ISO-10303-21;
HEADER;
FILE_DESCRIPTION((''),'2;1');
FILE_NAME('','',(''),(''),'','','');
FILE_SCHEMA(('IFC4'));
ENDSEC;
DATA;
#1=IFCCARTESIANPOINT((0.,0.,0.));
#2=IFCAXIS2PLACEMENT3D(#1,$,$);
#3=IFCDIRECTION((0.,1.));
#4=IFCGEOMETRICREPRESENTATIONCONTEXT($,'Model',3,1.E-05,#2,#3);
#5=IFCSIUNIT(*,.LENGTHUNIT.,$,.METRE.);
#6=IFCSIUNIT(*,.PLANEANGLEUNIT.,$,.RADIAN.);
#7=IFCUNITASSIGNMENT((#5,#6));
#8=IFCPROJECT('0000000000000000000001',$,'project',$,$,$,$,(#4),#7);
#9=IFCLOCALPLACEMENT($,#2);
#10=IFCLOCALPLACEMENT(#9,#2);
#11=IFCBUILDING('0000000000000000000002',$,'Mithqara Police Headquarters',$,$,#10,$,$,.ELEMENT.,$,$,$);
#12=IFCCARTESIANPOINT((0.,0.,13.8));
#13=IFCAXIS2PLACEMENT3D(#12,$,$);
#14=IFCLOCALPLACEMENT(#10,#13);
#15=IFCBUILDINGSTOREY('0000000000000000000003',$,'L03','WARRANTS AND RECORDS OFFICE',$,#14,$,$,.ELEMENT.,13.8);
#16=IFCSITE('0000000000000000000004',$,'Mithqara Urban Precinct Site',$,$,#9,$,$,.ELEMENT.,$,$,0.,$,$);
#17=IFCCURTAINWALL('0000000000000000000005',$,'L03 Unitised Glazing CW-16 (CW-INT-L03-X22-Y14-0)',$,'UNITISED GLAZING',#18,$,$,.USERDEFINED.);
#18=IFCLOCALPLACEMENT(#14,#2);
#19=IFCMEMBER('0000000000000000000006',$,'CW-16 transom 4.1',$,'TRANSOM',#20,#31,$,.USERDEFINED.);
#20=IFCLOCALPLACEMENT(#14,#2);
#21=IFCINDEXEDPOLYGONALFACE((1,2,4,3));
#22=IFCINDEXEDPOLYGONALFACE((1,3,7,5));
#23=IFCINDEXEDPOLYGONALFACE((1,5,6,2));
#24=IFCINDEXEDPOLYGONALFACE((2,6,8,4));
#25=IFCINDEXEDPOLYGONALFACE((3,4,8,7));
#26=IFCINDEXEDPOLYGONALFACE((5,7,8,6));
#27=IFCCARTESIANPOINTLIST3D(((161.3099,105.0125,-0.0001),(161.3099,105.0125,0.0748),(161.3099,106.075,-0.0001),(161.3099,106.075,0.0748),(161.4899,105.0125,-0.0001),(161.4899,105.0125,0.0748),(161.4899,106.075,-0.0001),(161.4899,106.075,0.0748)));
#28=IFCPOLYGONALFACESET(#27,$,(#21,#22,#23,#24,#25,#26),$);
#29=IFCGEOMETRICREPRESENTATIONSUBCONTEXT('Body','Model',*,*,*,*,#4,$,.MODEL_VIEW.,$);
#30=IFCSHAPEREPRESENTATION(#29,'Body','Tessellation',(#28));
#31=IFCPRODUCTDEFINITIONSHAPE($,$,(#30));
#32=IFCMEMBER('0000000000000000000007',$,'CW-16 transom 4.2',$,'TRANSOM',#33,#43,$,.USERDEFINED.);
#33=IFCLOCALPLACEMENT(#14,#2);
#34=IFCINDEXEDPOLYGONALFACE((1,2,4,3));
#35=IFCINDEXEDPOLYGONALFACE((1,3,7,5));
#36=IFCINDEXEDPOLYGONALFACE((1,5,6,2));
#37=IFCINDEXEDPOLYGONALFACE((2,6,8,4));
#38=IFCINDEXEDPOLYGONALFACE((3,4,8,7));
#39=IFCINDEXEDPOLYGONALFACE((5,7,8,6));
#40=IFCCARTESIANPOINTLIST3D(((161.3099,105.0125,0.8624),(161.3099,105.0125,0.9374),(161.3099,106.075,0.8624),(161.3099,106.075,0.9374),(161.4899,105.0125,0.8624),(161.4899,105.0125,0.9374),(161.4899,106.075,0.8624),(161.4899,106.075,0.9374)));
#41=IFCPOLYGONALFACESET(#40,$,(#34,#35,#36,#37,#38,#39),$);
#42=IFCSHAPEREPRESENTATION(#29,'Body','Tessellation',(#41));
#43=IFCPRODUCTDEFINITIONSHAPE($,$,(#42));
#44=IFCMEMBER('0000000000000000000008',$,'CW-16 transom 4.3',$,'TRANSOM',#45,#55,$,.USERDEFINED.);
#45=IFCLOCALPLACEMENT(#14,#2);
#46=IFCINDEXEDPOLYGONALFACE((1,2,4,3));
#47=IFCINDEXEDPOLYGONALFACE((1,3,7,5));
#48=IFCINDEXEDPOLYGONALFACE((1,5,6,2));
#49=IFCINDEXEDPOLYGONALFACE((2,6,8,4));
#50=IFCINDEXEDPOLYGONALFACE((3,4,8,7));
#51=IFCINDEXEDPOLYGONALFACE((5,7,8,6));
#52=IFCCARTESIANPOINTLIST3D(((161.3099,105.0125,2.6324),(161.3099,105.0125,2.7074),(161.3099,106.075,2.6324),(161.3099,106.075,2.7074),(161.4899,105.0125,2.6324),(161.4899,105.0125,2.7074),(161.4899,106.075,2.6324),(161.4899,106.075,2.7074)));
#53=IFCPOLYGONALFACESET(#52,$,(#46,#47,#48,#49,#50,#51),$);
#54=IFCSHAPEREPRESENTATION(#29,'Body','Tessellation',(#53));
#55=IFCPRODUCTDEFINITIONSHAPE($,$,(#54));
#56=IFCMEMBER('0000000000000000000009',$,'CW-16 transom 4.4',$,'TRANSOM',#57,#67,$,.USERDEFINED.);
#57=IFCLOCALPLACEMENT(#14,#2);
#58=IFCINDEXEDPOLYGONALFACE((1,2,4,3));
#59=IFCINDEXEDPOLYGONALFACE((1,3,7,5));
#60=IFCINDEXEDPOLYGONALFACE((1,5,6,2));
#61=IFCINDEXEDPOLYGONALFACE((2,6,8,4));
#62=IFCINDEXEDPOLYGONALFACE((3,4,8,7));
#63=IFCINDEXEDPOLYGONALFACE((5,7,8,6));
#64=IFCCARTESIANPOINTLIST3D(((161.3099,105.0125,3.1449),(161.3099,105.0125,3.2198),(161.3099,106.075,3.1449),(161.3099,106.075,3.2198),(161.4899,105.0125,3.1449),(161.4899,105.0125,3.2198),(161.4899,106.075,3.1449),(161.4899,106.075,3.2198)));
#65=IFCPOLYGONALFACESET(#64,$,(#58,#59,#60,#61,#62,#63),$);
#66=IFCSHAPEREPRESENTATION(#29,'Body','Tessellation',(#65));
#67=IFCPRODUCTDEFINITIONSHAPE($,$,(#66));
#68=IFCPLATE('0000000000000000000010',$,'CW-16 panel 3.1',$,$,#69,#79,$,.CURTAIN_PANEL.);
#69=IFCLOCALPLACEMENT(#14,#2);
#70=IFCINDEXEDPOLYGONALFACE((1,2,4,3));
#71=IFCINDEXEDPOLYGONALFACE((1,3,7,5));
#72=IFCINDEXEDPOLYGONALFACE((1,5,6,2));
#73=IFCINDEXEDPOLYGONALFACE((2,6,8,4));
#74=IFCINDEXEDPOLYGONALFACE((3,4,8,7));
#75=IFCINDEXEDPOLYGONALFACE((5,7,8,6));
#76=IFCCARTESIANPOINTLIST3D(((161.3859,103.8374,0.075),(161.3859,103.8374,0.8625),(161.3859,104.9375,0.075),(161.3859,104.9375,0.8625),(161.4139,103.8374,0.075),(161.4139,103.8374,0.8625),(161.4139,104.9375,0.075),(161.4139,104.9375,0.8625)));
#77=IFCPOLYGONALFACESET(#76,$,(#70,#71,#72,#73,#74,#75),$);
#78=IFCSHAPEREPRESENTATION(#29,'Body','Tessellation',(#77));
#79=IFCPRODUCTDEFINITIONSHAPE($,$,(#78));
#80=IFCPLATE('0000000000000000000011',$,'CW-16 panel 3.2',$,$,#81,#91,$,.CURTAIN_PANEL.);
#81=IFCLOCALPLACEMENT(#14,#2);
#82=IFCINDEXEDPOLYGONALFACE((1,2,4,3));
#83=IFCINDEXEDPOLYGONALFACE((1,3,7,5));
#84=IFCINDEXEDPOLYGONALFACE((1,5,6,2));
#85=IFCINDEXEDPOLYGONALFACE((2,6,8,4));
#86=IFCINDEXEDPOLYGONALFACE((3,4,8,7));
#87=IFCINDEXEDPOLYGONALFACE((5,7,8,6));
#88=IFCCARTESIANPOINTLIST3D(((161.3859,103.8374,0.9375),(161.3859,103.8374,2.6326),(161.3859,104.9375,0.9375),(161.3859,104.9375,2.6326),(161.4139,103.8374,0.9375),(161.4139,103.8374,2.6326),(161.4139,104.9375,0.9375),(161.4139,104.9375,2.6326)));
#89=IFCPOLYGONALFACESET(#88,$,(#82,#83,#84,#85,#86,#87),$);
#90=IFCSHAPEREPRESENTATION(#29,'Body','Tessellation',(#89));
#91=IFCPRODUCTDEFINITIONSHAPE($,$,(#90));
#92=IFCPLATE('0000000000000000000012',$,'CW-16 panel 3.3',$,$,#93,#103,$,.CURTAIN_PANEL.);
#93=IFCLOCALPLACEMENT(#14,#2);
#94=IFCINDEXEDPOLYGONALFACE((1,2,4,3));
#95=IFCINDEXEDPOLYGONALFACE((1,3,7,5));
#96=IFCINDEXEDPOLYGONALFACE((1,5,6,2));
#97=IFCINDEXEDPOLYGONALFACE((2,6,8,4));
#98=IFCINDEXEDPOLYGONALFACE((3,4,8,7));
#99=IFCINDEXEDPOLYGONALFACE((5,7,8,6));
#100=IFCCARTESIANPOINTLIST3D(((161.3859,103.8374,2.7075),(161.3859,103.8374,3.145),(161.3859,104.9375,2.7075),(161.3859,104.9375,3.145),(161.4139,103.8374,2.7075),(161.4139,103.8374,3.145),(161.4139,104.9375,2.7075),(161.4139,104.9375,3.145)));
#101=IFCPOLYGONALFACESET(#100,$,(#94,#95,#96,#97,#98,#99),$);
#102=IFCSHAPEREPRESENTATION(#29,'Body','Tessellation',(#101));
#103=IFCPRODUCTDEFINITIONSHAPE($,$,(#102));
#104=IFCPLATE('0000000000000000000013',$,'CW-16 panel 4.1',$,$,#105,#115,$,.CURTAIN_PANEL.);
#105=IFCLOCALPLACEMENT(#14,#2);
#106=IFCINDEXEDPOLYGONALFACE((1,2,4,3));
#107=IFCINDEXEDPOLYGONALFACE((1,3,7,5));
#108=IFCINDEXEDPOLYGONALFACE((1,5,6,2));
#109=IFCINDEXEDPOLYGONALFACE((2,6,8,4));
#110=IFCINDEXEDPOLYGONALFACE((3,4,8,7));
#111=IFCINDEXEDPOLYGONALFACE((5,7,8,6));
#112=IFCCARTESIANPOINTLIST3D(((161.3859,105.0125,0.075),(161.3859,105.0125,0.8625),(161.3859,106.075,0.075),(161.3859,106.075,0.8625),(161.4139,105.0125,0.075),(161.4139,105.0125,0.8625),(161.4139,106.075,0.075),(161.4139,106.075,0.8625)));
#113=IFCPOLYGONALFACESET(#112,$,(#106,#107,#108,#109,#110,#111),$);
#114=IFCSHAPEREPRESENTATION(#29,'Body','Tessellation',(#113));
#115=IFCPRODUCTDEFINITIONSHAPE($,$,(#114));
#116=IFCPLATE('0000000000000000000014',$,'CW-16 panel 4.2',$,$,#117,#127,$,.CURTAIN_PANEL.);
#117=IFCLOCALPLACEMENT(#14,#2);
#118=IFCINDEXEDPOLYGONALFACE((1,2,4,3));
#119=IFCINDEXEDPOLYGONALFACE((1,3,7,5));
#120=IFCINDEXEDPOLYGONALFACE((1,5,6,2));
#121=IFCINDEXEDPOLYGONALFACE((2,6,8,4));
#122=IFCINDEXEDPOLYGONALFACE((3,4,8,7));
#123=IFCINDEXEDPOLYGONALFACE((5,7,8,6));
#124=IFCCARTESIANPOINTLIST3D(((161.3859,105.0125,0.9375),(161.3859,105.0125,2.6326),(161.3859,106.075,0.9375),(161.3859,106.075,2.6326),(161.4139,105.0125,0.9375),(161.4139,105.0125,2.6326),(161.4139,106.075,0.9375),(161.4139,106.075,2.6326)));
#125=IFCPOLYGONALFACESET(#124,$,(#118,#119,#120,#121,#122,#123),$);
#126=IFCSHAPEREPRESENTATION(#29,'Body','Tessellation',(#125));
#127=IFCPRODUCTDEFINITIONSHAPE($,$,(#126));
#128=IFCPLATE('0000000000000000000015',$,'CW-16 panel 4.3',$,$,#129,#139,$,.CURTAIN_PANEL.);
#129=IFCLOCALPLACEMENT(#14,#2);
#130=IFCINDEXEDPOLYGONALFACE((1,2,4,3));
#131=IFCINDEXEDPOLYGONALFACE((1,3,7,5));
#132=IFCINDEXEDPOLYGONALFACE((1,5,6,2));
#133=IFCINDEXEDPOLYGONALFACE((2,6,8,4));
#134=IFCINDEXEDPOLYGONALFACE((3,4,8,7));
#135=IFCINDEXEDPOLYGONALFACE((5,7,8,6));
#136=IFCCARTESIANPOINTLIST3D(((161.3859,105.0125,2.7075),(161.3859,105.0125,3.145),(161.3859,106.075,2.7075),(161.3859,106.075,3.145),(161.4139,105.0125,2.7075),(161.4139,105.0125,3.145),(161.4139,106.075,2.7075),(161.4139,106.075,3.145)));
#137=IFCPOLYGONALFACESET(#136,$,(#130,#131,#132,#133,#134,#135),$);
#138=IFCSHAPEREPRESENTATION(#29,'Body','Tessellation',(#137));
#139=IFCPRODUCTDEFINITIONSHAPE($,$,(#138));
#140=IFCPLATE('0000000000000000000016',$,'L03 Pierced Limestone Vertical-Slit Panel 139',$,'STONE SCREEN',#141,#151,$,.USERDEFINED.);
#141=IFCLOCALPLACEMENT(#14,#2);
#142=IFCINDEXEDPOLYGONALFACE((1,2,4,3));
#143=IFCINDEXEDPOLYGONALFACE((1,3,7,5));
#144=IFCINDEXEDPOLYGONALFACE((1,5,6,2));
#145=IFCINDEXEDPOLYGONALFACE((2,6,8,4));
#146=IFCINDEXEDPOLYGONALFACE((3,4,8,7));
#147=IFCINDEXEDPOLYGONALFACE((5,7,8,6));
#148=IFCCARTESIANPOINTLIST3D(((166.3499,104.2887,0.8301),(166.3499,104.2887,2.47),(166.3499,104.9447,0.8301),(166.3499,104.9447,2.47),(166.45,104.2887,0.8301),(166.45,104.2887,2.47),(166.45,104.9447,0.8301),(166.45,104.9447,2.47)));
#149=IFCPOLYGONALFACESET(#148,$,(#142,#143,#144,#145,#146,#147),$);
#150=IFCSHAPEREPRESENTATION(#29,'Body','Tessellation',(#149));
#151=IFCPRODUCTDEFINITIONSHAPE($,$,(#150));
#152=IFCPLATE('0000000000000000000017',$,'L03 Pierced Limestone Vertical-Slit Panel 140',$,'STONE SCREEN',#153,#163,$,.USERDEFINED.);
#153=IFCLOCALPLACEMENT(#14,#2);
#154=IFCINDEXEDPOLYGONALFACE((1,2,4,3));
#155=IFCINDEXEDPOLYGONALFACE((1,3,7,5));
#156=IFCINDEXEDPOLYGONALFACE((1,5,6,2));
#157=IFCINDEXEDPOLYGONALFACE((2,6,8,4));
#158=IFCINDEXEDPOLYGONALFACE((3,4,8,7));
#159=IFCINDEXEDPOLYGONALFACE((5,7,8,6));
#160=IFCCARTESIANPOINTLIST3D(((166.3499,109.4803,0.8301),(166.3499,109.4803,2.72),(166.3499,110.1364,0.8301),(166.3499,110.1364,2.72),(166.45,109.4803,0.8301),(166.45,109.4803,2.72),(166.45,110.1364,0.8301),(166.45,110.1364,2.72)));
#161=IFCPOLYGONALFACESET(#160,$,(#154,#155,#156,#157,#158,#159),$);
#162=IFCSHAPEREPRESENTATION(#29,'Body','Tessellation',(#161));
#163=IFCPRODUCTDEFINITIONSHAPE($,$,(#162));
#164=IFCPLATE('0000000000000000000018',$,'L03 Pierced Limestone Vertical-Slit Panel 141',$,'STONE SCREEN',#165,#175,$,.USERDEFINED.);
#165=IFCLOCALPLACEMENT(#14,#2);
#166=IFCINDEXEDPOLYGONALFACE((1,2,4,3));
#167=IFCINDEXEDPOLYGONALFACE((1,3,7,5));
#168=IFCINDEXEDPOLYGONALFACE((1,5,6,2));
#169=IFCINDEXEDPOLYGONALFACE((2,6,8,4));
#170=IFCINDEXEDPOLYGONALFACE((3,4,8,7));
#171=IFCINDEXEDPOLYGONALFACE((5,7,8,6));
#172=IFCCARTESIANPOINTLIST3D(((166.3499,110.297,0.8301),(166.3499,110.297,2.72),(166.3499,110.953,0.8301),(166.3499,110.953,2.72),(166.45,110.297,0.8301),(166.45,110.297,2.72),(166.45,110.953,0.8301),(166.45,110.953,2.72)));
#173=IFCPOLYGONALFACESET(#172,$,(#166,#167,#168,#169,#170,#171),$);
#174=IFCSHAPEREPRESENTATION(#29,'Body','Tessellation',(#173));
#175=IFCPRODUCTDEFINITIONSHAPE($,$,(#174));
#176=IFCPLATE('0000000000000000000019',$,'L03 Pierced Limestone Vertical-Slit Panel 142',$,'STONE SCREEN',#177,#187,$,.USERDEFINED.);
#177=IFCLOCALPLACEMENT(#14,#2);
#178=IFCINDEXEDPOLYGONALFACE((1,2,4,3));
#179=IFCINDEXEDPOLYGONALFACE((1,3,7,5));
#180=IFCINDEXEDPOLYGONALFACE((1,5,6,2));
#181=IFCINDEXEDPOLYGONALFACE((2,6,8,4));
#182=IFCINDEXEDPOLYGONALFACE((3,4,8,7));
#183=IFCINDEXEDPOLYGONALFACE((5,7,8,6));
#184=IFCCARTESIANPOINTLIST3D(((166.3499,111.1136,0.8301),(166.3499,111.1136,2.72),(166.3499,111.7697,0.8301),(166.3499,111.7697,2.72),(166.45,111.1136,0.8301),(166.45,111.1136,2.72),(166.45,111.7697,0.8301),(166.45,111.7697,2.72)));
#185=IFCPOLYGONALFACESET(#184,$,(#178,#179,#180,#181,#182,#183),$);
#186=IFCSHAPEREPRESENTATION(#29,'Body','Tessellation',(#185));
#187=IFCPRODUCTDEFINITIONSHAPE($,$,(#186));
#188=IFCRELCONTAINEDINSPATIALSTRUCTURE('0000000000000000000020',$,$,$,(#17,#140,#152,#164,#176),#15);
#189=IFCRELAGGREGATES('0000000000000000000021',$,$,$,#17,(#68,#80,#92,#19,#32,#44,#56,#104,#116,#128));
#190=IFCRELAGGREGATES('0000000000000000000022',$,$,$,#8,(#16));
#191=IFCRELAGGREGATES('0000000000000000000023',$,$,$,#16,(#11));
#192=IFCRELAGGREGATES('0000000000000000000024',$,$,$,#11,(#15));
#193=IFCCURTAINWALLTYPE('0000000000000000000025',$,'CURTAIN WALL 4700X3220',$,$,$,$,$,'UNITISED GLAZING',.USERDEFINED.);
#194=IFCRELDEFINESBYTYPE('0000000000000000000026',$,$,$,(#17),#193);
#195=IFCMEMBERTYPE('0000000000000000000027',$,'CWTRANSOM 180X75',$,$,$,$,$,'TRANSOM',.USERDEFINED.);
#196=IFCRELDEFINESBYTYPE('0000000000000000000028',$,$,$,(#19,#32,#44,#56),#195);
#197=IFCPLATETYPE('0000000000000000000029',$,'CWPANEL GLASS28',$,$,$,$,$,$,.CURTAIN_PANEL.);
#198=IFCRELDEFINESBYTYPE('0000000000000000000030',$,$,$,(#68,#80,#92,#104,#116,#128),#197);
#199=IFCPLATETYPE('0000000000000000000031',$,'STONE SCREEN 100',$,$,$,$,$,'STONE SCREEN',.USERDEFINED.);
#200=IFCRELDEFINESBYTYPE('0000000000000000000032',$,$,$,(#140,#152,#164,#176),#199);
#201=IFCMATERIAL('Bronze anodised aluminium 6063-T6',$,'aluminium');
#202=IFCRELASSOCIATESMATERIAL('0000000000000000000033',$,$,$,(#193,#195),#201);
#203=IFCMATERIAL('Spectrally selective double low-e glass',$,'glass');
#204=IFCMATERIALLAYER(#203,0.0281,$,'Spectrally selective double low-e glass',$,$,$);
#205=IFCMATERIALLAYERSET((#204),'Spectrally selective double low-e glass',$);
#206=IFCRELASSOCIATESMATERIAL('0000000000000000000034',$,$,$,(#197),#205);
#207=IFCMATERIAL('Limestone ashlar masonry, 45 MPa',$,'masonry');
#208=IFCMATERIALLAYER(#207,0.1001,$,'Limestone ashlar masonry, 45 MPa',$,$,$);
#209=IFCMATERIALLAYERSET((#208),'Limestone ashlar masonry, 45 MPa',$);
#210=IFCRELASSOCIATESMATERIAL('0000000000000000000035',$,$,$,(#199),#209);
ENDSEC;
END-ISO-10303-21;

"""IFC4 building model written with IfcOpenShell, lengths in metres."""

from ifc_helpers import new_model, si_unit, direction, frame, origin, origin_2d, place, context, subcontext, project, spatial, rectangle, extrude, material, layer, layer_set, material_profile, profile_set, type_object, element, aggregate, save


model = new_model("IFC4")

# Units and contexts
model_context = context("Model", 3, precision=1e-05, world=origin(), true_north=direction((0.0, 1.0)))
body_context = subcontext(model_context, "Body", "Model", "MODEL_VIEW")
ifc_project = project(units=[si_unit("LENGTHUNIT", "METRE"), si_unit("PLANEANGLEUNIT", "RADIAN")], contexts=[model_context])

# Site, building, storey
site_placement = place(None, origin())
site = spatial("IfcSite", under=ifc_project, at=site_placement, Name="Mithqara Urban Precinct Site", CompositionType="ELEMENT", RefElevation=0.0)
building_placement = place(site_placement, origin())
building = spatial("IfcBuilding", under=site, at=building_placement, Name="Mithqara Police Headquarters", CompositionType="ELEMENT")
storey_placement = place(building_placement, frame((0.0, 0.0, 13.8)))
storey = spatial("IfcBuildingStorey", under=building, at=storey_placement, Name="L03", Description="WARRANTS AND RECORDS OFFICE", CompositionType="ELEMENT", Elevation=13.8)

# Curtain wall, members, plates
ifc_material_1 = material(Name="Bronze anodised aluminium 6063-T6", Category="aluminium")
curtain_wall_type = type_object("IfcCurtainWallType", Name="CURTAIN WALL 4700X3220", ElementType="UNITISED GLAZING", PredefinedType="USERDEFINED", material=ifc_material_1)
curtain_wall_placement = place(storey_placement, origin())
curtain_wall = element("IfcCurtainWall", 1, at=curtain_wall_placement, inside=storey, type_object=curtain_wall_type, Name="L03 Unitised Glazing CW-16 (CW-INT-L03-X22-Y14-0)", ObjectType="UNITISED GLAZING", PredefinedType="USERDEFINED")
ifc_material_profile_1 = material_profile(ifc_material_1, rectangle(XDim=0.1799, YDim=0.075, at=origin_2d()), Name="CWT 180x75")
ifc_profile_set_1 = profile_set([ifc_material_profile_1], Name="Bronze anodised aluminium 6063-T6")
member_type_1 = type_object("IfcMemberType", Name="CWTRANSOM 180X75", ElementType="TRANSOM", PredefinedType="USERDEFINED", material=ifc_profile_set_1)
member_1_placement = place(storey_placement, frame((161.3999, 105.0125, 0.0374), z_axis=(0.0, 1.0, 0.0), x_axis=(-1.0, 0.0, 0.0)))
member_1 = element("IfcMember", 2, at=member_1_placement, type_object=member_type_1, Name="CW-16 transom 4.1", ObjectType="TRANSOM", PredefinedType="USERDEFINED", context=body_context, shape_type="SweptSolid", body=[
    extrude(rectangle(XDim=0.1799, YDim=0.075, at=origin_2d()), origin(), (0.0, 0.0, 1.0), 1.0625),
])
member_2_placement = place(storey_placement, frame((161.3999, 105.0125, 0.8999), z_axis=(0.0, 1.0, 0.0), x_axis=(-1.0, 0.0, 0.0)))
member_2 = element("IfcMember", 3, at=member_2_placement, type_object=member_type_1, Name="CW-16 transom 4.2", ObjectType="TRANSOM", PredefinedType="USERDEFINED", context=body_context, shape_type="SweptSolid", body=[
    extrude(rectangle(XDim=0.1799, YDim=0.075, at=origin_2d()), origin(), (0.0, 0.0, 1.0), 1.0625),
])
member_3_placement = place(storey_placement, frame((161.3999, 105.0125, 2.6699), z_axis=(0.0, 1.0, 0.0), x_axis=(-1.0, 0.0, 0.0)))
member_3 = element("IfcMember", 4, at=member_3_placement, type_object=member_type_1, Name="CW-16 transom 4.3", ObjectType="TRANSOM", PredefinedType="USERDEFINED", context=body_context, shape_type="SweptSolid", body=[
    extrude(rectangle(XDim=0.1799, YDim=0.075, at=origin_2d()), origin(), (0.0, 0.0, 1.0), 1.0625),
])
member_4_placement = place(storey_placement, frame((161.3999, 105.0125, 3.1824), z_axis=(0.0, 1.0, 0.0), x_axis=(-1.0, 0.0, 0.0)))
member_4 = element("IfcMember", 5, at=member_4_placement, type_object=member_type_1, Name="CW-16 transom 4.4", ObjectType="TRANSOM", PredefinedType="USERDEFINED", context=body_context, shape_type="SweptSolid", body=[
    extrude(rectangle(XDim=0.1799, YDim=0.075, at=origin_2d()), origin(), (0.0, 0.0, 1.0), 1.0625),
])
ifc_material_2 = material(Name="Spectrally selective double low-e glass", Category="glass")
ifc_layer_1 = layer(ifc_material_2, 0.0281, Name="Spectrally selective double low-e glass")
ifc_layer_set_1 = layer_set([ifc_layer_1], Name="Spectrally selective double low-e glass")
plate_type_1 = type_object("IfcPlateType", Name="CWPANEL GLASS28", PredefinedType="CURTAIN_PANEL", material=ifc_layer_set_1)
plate_1_placement = place(storey_placement, frame((161.3999, 104.3875, 0.075), z_axis=(0.0, 0.0, 1.0), x_axis=(0.0, 1.0, 0.0)))
plate_1 = element("IfcPlate", 6, at=plate_1_placement, type_object=plate_type_1, Name="CW-16 panel 3.1", PredefinedType="CURTAIN_PANEL", context=body_context, shape_type="SweptSolid", body=[
    extrude(rectangle(XDim=1.1001, YDim=0.0281, at=origin_2d()), origin(), (0.0, 0.0, 1.0), 0.7876),
])
plate_2_placement = place(storey_placement, frame((161.3999, 104.3875, 0.9375), z_axis=(0.0, 0.0, 1.0), x_axis=(0.0, 1.0, 0.0)))
plate_2 = element("IfcPlate", 7, at=plate_2_placement, type_object=plate_type_1, Name="CW-16 panel 3.2", PredefinedType="CURTAIN_PANEL", context=body_context, shape_type="SweptSolid", body=[
    extrude(rectangle(XDim=1.1001, YDim=0.0281, at=origin_2d()), origin(), (0.0, 0.0, 1.0), 1.6951),
])
plate_3_placement = place(storey_placement, frame((161.3999, 104.3875, 2.7075), z_axis=(0.0, 0.0, 1.0), x_axis=(0.0, 1.0, 0.0)))
plate_3 = element("IfcPlate", 8, at=plate_3_placement, type_object=plate_type_1, Name="CW-16 panel 3.3", PredefinedType="CURTAIN_PANEL", context=body_context, shape_type="SweptSolid", body=[
    extrude(rectangle(XDim=1.1001, YDim=0.0281, at=origin_2d()), origin(), (0.0, 0.0, 1.0), 0.4375),
])
plate_4_placement = place(storey_placement, frame((161.3999, 105.5437, 0.075), z_axis=(0.0, 0.0, 1.0), x_axis=(0.0, 1.0, 0.0)))
plate_4 = element("IfcPlate", 9, at=plate_4_placement, type_object=plate_type_1, Name="CW-16 panel 4.1", PredefinedType="CURTAIN_PANEL", context=body_context, shape_type="SweptSolid", body=[
    extrude(rectangle(XDim=1.0625, YDim=0.0281, at=origin_2d()), origin(), (0.0, 0.0, 1.0), 0.7876),
])
plate_5_placement = place(storey_placement, frame((161.3999, 105.5437, 0.9375), z_axis=(0.0, 0.0, 1.0), x_axis=(0.0, 1.0, 0.0)))
plate_5 = element("IfcPlate", 10, at=plate_5_placement, type_object=plate_type_1, Name="CW-16 panel 4.2", PredefinedType="CURTAIN_PANEL", context=body_context, shape_type="SweptSolid", body=[
    extrude(rectangle(XDim=1.0625, YDim=0.0281, at=origin_2d()), origin(), (0.0, 0.0, 1.0), 1.6951),
])
plate_6_placement = place(storey_placement, frame((161.3999, 105.5437, 2.7075), z_axis=(0.0, 0.0, 1.0), x_axis=(0.0, 1.0, 0.0)))
plate_6 = element("IfcPlate", 11, at=plate_6_placement, type_object=plate_type_1, Name="CW-16 panel 4.3", PredefinedType="CURTAIN_PANEL", context=body_context, shape_type="SweptSolid", body=[
    extrude(rectangle(XDim=1.0625, YDim=0.0281, at=origin_2d()), origin(), (0.0, 0.0, 1.0), 0.4375),
])
aggregate(curtain_wall, [plate_1, plate_2, plate_3, member_1, member_2, member_3, member_4, plate_4, plate_5, plate_6])

# Plates
ifc_material_3 = material(Name="Limestone ashlar masonry, 45 MPa", Category="masonry")
ifc_layer_2 = layer(ifc_material_3, 0.1001, Name="Limestone ashlar masonry, 45 MPa")
ifc_layer_set_2 = layer_set([ifc_layer_2], Name="Limestone ashlar masonry, 45 MPa")
plate_type_2 = type_object("IfcPlateType", Name="STONE SCREEN 100", ElementType="STONE SCREEN", PredefinedType="USERDEFINED", material=ifc_layer_set_2)
plate_7_placement = place(storey_placement, frame((166.3999, 104.6167, 0.8301), z_axis=(0.0, 0.0, 1.0), x_axis=(0.0, 1.0, 0.0)))
element("IfcPlate", 12, at=plate_7_placement, inside=storey, type_object=plate_type_2, Name="L03 Pierced Limestone Vertical-Slit Panel 139", ObjectType="STONE SCREEN", PredefinedType="USERDEFINED", context=body_context, shape_type="SweptSolid", body=[
    extrude(rectangle(XDim=0.656, YDim=0.1001, at=origin_2d()), origin(), (0.0, 0.0, 1.0), 1.6399),
])
for number, where, z_axis, x_axis, name in (
    (13, (166.3999, 109.8083, 0.8301), (0.0, 0.0, 1.0), (0.0, 1.0, 0.0), "L03 Pierced Limestone Vertical-Slit Panel 140"),
    (14, (166.3999, 110.625, 0.8301), (0.0, 0.0, 1.0), (0.0, 1.0, 0.0), "L03 Pierced Limestone Vertical-Slit Panel 141"),
    (15, (166.3999, 111.4417, 0.8301), (0.0, 0.0, 1.0), (0.0, 1.0, 0.0), "L03 Pierced Limestone Vertical-Slit Panel 142"),
):
    element("IfcPlate", number, at=place(storey_placement, frame(where, z_axis=z_axis, x_axis=x_axis)), inside=storey, type_object=plate_type_2, Name=name, ObjectType="STONE SCREEN", PredefinedType="USERDEFINED", context=body_context, shape_type="SweptSolid", body=[
        extrude(rectangle(XDim=0.656, YDim=0.1001, at=origin_2d()), origin(), (0.0, 0.0, 1.0), 1.8899),
    ])

save(model, "model.ifc")
